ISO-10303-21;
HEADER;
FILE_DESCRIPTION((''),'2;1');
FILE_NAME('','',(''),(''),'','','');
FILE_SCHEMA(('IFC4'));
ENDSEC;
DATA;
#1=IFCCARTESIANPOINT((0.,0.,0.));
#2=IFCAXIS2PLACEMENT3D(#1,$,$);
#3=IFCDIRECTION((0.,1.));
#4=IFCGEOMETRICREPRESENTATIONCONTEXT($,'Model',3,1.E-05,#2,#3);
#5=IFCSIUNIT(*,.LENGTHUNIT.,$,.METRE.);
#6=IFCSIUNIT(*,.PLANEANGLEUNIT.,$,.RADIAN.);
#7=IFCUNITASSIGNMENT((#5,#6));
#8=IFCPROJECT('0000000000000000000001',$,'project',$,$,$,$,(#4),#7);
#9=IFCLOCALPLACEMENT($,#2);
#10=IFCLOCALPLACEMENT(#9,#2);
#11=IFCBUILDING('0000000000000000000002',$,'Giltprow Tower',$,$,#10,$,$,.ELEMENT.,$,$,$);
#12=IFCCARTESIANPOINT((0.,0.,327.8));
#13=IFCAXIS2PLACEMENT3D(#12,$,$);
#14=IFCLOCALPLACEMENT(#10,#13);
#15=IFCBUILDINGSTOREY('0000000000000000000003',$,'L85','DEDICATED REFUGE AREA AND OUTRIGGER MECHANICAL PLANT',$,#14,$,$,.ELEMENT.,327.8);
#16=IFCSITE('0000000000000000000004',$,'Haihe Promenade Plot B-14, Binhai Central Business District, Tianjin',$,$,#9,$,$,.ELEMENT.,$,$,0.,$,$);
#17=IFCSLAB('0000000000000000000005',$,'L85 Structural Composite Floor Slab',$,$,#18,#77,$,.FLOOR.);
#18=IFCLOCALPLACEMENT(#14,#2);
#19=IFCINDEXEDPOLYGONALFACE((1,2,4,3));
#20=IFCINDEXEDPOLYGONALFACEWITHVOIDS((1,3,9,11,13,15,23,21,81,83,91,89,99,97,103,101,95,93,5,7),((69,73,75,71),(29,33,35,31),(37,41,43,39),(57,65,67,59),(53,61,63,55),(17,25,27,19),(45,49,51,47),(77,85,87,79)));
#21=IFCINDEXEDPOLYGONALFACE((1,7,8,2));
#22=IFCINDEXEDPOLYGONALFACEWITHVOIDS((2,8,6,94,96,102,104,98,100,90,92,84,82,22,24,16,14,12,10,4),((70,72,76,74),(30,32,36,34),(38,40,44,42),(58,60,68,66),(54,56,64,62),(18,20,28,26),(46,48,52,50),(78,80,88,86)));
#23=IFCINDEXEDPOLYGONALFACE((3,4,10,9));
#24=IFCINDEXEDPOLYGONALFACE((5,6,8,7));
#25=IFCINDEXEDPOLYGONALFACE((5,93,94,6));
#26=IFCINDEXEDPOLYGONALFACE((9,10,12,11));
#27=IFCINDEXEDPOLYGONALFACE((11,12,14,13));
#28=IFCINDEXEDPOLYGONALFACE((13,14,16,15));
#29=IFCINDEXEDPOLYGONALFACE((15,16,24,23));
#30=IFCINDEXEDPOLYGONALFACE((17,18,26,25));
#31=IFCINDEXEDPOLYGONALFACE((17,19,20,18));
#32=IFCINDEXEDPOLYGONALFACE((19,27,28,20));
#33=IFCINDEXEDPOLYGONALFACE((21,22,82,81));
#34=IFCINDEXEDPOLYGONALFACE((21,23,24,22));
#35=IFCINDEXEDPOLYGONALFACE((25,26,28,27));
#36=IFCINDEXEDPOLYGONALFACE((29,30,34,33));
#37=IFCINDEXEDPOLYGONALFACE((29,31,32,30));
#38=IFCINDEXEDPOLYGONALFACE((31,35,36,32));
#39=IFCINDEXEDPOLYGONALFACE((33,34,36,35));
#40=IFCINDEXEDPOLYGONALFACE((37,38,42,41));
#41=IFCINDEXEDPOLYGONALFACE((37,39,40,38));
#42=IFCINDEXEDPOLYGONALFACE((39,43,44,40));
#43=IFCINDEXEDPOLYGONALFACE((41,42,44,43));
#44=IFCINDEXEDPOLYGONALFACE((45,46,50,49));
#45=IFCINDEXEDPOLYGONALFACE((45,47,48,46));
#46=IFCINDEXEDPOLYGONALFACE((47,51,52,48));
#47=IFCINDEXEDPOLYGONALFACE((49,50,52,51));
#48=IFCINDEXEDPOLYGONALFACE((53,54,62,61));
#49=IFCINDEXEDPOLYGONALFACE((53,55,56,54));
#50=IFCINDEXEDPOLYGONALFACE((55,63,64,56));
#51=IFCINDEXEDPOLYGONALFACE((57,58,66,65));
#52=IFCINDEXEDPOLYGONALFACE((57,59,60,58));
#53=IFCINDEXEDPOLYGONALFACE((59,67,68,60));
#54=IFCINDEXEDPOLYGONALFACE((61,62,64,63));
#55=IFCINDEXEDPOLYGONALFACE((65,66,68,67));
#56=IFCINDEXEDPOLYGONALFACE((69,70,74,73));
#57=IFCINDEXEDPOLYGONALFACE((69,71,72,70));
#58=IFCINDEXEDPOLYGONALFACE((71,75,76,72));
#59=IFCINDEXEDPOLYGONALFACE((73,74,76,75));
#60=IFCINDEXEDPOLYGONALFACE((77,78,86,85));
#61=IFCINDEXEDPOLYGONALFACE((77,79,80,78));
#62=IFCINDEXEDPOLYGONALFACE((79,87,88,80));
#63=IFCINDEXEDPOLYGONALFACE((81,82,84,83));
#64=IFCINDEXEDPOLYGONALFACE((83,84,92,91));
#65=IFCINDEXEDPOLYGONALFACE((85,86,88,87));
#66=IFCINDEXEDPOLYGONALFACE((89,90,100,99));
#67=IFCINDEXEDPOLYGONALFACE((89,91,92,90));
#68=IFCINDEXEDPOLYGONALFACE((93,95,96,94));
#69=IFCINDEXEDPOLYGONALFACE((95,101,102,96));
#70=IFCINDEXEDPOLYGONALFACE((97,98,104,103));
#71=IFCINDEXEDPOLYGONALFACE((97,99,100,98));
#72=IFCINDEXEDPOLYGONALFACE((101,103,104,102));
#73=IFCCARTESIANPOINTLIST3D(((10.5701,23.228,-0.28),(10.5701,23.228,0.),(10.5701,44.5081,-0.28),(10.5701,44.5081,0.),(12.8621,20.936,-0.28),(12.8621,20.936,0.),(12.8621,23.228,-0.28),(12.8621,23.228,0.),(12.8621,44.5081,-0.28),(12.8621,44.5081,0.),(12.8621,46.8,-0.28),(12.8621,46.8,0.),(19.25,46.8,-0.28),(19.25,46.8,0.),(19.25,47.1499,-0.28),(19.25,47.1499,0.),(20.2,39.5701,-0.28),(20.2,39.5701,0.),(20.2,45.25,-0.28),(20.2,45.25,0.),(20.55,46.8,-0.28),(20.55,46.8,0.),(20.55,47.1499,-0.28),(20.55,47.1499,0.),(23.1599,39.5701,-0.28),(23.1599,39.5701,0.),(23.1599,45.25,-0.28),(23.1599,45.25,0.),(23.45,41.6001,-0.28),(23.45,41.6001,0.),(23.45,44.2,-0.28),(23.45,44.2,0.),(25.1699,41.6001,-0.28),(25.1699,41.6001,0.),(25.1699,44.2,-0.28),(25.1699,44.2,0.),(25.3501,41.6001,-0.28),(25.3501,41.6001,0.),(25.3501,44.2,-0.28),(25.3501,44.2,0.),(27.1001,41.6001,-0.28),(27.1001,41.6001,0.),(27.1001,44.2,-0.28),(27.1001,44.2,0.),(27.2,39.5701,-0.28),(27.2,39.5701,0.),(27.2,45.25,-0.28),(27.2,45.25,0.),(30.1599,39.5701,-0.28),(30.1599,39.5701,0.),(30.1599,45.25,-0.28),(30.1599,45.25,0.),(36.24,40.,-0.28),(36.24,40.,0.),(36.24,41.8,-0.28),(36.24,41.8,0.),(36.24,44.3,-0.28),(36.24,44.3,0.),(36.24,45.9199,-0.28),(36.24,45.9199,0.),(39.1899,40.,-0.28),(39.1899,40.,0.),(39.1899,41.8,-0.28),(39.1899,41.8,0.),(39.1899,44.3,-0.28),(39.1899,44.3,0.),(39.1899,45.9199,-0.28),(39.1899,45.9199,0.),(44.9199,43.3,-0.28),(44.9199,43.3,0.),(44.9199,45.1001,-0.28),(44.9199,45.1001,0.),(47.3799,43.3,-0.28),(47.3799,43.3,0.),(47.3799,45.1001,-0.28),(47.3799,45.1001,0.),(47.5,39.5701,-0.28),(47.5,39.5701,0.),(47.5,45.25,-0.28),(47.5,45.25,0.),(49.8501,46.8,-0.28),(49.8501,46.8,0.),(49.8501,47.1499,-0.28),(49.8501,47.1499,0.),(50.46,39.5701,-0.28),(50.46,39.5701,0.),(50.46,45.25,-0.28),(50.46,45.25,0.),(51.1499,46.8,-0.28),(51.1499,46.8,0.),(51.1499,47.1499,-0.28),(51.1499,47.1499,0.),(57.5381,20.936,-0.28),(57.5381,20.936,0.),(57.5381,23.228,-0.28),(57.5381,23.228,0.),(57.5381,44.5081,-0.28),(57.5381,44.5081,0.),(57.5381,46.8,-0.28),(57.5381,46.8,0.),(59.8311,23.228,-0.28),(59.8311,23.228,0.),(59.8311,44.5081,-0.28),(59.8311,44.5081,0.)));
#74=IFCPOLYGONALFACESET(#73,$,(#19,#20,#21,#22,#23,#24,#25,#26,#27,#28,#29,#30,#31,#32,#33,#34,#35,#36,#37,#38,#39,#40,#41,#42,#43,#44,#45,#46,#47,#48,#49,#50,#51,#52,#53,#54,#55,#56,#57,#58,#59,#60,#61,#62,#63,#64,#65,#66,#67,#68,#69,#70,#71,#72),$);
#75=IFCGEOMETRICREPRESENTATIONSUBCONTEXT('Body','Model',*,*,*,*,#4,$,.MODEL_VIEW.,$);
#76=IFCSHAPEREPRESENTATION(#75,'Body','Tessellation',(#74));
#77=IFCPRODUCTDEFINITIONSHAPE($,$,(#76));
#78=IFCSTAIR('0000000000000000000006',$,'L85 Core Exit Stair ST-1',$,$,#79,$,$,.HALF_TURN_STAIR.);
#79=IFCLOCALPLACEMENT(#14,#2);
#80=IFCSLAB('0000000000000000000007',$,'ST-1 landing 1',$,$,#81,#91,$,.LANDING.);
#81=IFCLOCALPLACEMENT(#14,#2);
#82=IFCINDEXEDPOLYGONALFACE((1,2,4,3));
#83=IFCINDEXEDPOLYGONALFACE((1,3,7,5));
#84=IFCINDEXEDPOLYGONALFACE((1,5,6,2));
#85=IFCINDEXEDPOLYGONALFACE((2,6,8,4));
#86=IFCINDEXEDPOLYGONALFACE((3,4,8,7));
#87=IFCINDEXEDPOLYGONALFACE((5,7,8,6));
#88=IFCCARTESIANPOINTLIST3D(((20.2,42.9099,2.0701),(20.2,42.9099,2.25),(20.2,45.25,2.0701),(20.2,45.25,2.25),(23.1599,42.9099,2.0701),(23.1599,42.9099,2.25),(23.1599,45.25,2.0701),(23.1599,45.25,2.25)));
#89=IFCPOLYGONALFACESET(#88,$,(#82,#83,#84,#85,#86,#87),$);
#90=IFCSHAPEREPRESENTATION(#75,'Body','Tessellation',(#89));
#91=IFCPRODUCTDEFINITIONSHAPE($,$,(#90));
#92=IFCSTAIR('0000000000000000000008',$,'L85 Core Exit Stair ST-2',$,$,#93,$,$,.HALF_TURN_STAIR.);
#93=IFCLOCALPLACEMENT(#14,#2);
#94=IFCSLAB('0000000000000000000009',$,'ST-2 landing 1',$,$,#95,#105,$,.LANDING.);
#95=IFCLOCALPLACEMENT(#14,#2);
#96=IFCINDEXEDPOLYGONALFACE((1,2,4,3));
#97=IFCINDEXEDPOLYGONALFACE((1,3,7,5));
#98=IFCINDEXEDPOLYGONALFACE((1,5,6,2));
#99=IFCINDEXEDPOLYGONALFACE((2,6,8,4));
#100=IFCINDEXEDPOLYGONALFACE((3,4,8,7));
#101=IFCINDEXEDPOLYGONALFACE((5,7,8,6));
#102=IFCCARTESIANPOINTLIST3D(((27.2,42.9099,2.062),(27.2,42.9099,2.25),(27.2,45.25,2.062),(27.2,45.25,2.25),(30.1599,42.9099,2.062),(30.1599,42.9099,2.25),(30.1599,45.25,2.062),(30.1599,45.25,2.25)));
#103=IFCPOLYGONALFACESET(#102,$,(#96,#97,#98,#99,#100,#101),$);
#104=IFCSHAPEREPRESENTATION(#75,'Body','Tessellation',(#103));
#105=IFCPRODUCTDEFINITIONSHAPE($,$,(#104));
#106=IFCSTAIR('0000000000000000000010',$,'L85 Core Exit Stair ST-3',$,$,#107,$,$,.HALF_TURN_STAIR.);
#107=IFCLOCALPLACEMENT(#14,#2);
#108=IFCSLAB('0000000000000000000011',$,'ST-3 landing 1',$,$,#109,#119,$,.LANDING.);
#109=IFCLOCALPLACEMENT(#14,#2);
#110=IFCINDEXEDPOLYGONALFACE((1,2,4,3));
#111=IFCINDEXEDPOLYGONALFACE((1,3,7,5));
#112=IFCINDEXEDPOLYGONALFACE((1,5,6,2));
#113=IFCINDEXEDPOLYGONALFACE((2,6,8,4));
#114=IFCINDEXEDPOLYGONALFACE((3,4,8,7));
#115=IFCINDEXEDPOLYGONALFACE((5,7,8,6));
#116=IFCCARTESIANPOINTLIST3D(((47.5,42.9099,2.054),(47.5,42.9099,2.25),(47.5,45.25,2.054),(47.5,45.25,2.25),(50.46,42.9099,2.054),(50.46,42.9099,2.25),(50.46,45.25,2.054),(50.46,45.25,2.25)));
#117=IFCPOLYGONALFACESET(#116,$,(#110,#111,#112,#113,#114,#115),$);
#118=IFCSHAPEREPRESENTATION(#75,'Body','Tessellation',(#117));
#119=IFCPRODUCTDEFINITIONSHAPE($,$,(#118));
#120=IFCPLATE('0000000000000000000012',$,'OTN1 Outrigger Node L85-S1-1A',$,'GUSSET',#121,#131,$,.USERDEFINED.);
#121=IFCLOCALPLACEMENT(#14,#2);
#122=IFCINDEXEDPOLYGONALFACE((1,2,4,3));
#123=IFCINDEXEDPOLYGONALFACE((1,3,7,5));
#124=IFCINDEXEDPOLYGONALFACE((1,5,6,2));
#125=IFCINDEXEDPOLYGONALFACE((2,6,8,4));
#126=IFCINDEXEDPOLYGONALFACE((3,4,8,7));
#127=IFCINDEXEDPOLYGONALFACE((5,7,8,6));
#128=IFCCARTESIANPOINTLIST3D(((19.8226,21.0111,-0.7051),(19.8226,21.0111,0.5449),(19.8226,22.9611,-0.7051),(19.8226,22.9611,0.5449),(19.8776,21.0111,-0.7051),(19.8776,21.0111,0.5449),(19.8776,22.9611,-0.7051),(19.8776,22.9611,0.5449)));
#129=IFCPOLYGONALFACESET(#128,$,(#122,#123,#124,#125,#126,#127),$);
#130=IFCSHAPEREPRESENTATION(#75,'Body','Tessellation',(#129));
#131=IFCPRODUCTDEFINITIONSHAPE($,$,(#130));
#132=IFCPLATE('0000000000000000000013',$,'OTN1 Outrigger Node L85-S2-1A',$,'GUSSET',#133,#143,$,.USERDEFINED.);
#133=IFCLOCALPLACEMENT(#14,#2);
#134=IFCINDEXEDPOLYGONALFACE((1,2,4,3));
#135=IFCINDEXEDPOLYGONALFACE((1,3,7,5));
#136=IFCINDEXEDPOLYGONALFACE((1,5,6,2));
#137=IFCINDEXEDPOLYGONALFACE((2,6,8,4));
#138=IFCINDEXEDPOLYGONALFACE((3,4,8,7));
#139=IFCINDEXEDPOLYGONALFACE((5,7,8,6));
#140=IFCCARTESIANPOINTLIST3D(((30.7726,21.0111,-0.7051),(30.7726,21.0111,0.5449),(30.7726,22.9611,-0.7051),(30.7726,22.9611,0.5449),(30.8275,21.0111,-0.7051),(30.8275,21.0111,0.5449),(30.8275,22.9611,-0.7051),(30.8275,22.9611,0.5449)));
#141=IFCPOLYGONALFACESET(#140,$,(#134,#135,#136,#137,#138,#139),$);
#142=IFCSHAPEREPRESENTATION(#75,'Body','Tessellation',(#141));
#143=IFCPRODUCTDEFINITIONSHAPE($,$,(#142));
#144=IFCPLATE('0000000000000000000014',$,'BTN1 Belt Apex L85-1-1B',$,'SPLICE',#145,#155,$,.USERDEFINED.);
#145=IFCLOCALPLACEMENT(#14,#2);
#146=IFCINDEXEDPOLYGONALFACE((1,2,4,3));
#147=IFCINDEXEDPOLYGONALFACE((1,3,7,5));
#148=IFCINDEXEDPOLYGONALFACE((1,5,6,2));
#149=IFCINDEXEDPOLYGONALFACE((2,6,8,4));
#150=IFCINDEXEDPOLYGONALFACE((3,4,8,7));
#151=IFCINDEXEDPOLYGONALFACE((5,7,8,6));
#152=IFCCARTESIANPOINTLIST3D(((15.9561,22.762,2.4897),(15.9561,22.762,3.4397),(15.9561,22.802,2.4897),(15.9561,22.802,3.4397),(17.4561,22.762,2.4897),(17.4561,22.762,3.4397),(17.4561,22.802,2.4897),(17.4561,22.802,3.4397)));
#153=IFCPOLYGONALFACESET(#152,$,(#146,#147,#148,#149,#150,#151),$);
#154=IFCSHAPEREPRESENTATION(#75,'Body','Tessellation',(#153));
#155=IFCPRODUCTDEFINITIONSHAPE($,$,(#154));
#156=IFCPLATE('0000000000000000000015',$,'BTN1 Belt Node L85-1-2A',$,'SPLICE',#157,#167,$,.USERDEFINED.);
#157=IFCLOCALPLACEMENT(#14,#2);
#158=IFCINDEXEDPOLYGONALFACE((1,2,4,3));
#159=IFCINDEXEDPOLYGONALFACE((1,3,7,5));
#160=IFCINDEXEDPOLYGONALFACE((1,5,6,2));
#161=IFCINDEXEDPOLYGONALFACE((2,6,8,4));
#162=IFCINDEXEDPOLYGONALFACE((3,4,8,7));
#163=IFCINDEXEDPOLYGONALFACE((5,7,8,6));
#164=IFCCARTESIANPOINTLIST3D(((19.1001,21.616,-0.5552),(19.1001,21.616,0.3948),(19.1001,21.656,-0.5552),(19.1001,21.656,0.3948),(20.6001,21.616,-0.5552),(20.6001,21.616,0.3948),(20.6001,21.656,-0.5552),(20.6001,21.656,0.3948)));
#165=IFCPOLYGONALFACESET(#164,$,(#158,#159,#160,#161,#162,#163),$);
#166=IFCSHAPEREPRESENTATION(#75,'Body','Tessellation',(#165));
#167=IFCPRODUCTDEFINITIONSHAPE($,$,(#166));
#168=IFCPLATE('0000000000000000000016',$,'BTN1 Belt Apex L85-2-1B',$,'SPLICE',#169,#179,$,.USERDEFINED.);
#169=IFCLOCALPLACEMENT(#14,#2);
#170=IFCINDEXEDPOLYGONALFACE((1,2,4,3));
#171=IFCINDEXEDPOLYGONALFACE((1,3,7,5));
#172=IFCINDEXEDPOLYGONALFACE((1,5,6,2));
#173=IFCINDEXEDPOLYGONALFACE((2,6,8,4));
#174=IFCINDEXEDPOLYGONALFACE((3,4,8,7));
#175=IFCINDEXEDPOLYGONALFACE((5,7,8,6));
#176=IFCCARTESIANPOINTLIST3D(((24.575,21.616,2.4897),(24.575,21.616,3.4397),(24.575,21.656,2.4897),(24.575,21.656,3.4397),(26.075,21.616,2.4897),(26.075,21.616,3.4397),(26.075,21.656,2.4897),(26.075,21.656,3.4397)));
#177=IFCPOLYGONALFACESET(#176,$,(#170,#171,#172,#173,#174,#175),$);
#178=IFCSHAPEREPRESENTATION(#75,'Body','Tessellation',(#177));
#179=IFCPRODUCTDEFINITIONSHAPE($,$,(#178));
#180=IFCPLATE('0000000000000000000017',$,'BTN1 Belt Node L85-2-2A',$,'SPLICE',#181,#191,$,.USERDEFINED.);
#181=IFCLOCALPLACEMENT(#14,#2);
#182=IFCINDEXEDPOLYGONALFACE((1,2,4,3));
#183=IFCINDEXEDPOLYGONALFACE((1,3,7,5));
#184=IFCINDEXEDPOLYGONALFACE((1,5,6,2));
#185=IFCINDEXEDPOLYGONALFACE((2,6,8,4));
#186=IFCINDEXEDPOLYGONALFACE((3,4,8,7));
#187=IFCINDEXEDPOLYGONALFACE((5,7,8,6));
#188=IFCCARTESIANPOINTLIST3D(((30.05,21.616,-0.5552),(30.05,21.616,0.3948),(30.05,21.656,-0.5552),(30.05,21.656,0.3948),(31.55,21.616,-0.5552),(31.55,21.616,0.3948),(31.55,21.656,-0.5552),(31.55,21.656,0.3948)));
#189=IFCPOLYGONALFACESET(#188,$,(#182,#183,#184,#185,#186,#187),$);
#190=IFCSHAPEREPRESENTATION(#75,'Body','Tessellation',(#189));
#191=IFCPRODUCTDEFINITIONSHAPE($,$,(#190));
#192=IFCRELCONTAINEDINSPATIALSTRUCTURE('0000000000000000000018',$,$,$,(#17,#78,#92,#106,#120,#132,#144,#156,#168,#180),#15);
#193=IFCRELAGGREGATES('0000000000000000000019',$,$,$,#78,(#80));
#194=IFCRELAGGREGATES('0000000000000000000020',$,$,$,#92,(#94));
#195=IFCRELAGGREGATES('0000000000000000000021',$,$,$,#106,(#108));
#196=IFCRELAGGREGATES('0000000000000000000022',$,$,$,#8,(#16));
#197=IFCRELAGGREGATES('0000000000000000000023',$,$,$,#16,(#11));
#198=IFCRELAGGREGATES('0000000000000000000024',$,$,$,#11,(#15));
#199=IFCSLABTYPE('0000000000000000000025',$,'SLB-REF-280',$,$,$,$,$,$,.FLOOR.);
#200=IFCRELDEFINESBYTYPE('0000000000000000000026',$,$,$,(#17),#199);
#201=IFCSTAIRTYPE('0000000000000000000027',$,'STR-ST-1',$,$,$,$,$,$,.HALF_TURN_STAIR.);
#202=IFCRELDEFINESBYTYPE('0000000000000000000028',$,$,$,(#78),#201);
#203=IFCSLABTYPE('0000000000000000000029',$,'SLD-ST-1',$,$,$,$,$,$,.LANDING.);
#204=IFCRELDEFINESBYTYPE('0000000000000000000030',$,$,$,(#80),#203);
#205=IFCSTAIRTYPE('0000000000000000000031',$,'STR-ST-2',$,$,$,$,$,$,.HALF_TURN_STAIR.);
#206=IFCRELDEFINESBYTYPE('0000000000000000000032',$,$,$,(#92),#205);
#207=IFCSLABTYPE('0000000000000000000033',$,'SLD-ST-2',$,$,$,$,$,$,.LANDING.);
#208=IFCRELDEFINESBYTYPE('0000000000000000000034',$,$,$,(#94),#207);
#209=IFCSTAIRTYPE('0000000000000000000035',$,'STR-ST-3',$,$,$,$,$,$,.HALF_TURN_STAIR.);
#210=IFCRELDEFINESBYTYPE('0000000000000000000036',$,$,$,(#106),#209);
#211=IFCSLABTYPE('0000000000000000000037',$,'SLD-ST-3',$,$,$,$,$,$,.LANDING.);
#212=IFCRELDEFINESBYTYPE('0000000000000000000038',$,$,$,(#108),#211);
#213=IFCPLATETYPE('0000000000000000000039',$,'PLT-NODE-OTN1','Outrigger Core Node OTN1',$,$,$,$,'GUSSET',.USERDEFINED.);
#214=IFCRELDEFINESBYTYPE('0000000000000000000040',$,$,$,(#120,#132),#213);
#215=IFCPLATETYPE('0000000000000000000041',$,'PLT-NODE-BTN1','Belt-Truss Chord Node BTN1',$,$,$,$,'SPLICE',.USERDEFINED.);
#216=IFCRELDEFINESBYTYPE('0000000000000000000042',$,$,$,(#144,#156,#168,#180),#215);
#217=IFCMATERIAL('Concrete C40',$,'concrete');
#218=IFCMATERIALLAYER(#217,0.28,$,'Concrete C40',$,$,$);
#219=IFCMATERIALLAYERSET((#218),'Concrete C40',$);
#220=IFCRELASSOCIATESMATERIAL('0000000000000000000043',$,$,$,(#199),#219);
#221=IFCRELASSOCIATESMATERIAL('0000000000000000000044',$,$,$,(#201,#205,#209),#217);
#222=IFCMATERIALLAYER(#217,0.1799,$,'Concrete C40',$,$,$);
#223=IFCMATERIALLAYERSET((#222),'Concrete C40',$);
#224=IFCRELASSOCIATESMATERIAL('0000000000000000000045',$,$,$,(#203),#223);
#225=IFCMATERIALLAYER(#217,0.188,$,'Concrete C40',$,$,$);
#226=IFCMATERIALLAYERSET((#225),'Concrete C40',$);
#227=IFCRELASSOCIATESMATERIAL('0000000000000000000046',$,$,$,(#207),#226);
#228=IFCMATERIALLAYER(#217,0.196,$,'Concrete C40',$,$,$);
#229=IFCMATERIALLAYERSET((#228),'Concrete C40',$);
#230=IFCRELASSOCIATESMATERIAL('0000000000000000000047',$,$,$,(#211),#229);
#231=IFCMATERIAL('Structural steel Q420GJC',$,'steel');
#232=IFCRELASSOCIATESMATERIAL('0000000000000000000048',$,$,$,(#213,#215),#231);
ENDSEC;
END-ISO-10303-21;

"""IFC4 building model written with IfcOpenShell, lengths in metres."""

from ifc_helpers import new_model, si_unit, direction, frame, origin, origin_2d, place, context, subcontext, project, spatial, polyline, rectangle, outline, extrude, source, transform, mapped, material, layer, layer_set, type_object, element, aggregate, save


model = new_model("IFC4")

# Units and contexts
model_context = context("Model", 3, precision=1e-05, world=origin(), true_north=direction((0.0, 1.0)))
body_context = subcontext(model_context, "Body", "Model", "MODEL_VIEW")
ifc_project = project(units=[si_unit("LENGTHUNIT", "METRE"), si_unit("PLANEANGLEUNIT", "RADIAN")], contexts=[model_context])

# Site, building, storey
site_placement = place(None, origin())
site = spatial("IfcSite", under=ifc_project, at=site_placement, Name="Haihe Promenade Plot B-14, Binhai Central Business District, Tianjin", CompositionType="ELEMENT", RefElevation=0.0)
building_placement = place(site_placement, origin())
building = spatial("IfcBuilding", under=site, at=building_placement, Name="Giltprow Tower", CompositionType="ELEMENT")
storey_placement = place(building_placement, frame((0.0, 0.0, 327.8)))
storey = spatial("IfcBuildingStorey", under=building, at=storey_placement, Name="L85", Description="DEDICATED REFUGE AREA AND OUTRIGGER MECHANICAL PLANT", CompositionType="ELEMENT", Elevation=327.8)

# Shared definitions
ifc_material_1 = material(Name="Structural steel Q420GJC", Category="steel")

# Slab
ifc_material_2 = material(Name="Concrete C40", Category="concrete")
ifc_layer_1 = layer(ifc_material_2, 0.28, Name="Concrete C40")
ifc_layer_set_1 = layer_set([ifc_layer_1], Name="Concrete C40")
slab_type_1 = type_object("IfcSlabType", Name="SLB-REF-280", PredefinedType="FLOOR", material=ifc_layer_set_1)
slab_1_placement = place(storey_placement, frame((0.0, 0.0, -0.28)))
element("IfcSlab", 1, at=slab_1_placement, inside=storey, type_object=slab_type_1, Name="L85 Structural Composite Floor Slab", PredefinedType="FLOOR", context=body_context, shape_type="SweptSolid", body=[
    extrude(outline(polyline([(59.8311, 44.5081), (59.8311, 23.228), (57.5381, 23.228), (57.5381, 20.936), (12.8621, 20.936), (12.8621, 23.228), (10.5701, 23.228), (10.5701, 44.5081), (12.8621, 44.5081), (12.8621, 46.8), (19.25, 46.8), (19.25, 47.1499), (20.55, 47.1499), (20.55, 46.8), (49.8501, 46.8), (49.8501, 47.1499), (51.1499, 47.1499), (51.1499, 46.8), (57.5381, 46.8), (57.5381, 44.5081), (59.8311, 44.5081)]), holes=[polyline([(39.1899, 41.8), (36.24, 41.8), (36.24, 40.0), (39.1899, 40.0), (39.1899, 41.8)]), polyline([(23.1599, 45.25), (20.2, 45.25), (20.2, 39.5701), (23.1599, 39.5701), (23.1599, 45.25)]), polyline([(30.1599, 45.25), (27.2, 45.25), (27.2, 39.5701), (30.1599, 39.5701), (30.1599, 45.25)]), polyline([(50.46, 45.25), (47.5, 45.25), (47.5, 39.5701), (50.46, 39.5701), (50.46, 45.25)]), polyline([(25.1699, 44.2), (23.45, 44.2), (23.45, 41.6001), (25.1699, 41.6001), (25.1699, 44.2)]), polyline([(27.1001, 44.2), (25.3501, 44.2), (25.3501, 41.6001), (27.1001, 41.6001), (27.1001, 44.2)]), polyline([(47.3799, 45.1001), (44.9199, 45.1001), (44.9199, 43.3), (47.3799, 43.3), (47.3799, 45.1001)]), polyline([(39.1899, 45.9199), (36.24, 45.9199), (36.24, 44.3), (39.1899, 44.3), (39.1899, 45.9199)])]), origin(), (0.0, 0.0, 1.0), 0.28),
])

# Stairs, slabs
stair_type_1 = type_object("IfcStairType", Name="STR-ST-1", PredefinedType="HALF_TURN_STAIR", material=ifc_material_2)
stair_1_placement = place(storey_placement, origin())
stair_1 = element("IfcStair", 2, at=stair_1_placement, inside=storey, type_object=stair_type_1, Name="L85 Core Exit Stair ST-1", PredefinedType="HALF_TURN_STAIR")
ifc_layer_2 = layer(ifc_material_2, 0.1799, Name="Concrete C40")
ifc_layer_set_2 = layer_set([ifc_layer_2], Name="Concrete C40")
slab_type_2 = type_object("IfcSlabType", Name="SLD-ST-1", PredefinedType="LANDING", material=ifc_layer_set_2)
slab_2_placement = place(storey_placement, frame((0.0, 0.0, 2.0701)))
slab_2 = element("IfcSlab", 3, at=slab_2_placement, type_object=slab_type_2, Name="ST-1 landing 1", PredefinedType="LANDING", context=body_context, shape_type="SweptSolid", body=[
    extrude(outline(polyline([(23.1599, 42.9099), (23.1599, 45.25), (20.2, 45.25), (20.2, 42.9099), (23.1599, 42.9099)])), origin(), (0.0, 0.0, 1.0), 0.1799),
])
aggregate(stair_1, [slab_2])
stair_type_2 = type_object("IfcStairType", Name="STR-ST-2", PredefinedType="HALF_TURN_STAIR", material=ifc_material_2)
stair_2_placement = place(storey_placement, origin())
stair_2 = element("IfcStair", 4, at=stair_2_placement, inside=storey, type_object=stair_type_2, Name="L85 Core Exit Stair ST-2", PredefinedType="HALF_TURN_STAIR")
ifc_layer_3 = layer(ifc_material_2, 0.188, Name="Concrete C40")
ifc_layer_set_3 = layer_set([ifc_layer_3], Name="Concrete C40")
slab_type_3 = type_object("IfcSlabType", Name="SLD-ST-2", PredefinedType="LANDING", material=ifc_layer_set_3)
slab_3_placement = place(storey_placement, frame((0.0, 0.0, 2.062)))
slab_3 = element("IfcSlab", 5, at=slab_3_placement, type_object=slab_type_3, Name="ST-2 landing 1", PredefinedType="LANDING", context=body_context, shape_type="SweptSolid", body=[
    extrude(outline(polyline([(30.1599, 42.9099), (30.1599, 45.25), (27.2, 45.25), (27.2, 42.9099), (30.1599, 42.9099)])), origin(), (0.0, 0.0, 1.0), 0.188),
])
aggregate(stair_2, [slab_3])
stair_type_3 = type_object("IfcStairType", Name="STR-ST-3", PredefinedType="HALF_TURN_STAIR", material=ifc_material_2)
stair_3_placement = place(storey_placement, origin())
stair_3 = element("IfcStair", 6, at=stair_3_placement, inside=storey, type_object=stair_type_3, Name="L85 Core Exit Stair ST-3", PredefinedType="HALF_TURN_STAIR")
ifc_layer_4 = layer(ifc_material_2, 0.196, Name="Concrete C40")
ifc_layer_set_4 = layer_set([ifc_layer_4], Name="Concrete C40")
slab_type_4 = type_object("IfcSlabType", Name="SLD-ST-3", PredefinedType="LANDING", material=ifc_layer_set_4)
slab_4_placement = place(storey_placement, frame((0.0, 0.0, 2.054)))
slab_4 = element("IfcSlab", 7, at=slab_4_placement, type_object=slab_type_4, Name="ST-3 landing 1", PredefinedType="LANDING", context=body_context, shape_type="SweptSolid", body=[
    extrude(outline(polyline([(50.46, 42.9099), (50.46, 45.25), (47.5, 45.25), (47.5, 42.9099), (50.46, 42.9099)])), origin(), (0.0, 0.0, 1.0), 0.196),
])
aggregate(stair_3, [slab_4])

# Plates
plate_type_1 = type_object("IfcPlateType", Name="PLT-NODE-OTN1", Description="Outrigger Core Node OTN1", ElementType="GUSSET", PredefinedType="USERDEFINED", material=ifc_material_1)
shared_shape_1 = source(origin(), body_context, "Body", "SweptSolid", [
    extrude(rectangle(XDim=1.95, YDim=0.0549, at=origin_2d()), origin(), (0.0, 0.0, 1.0), 1.25),
])
for number, where, z_axis, x_axis, name in (
    (8, (19.8501, 21.9861, -0.7051), (0.0, 0.0, 1.0), (0.0, 1.0, 0.0), "OTN1 Outrigger Node L85-S1-1A"),
    (9, (30.8, 21.9861, -0.7051), (0.0, 0.0, 1.0), (0.0, 1.0, 0.0), "OTN1 Outrigger Node L85-S2-1A"),
):
    element("IfcPlate", number, at=place(storey_placement, frame(where, z_axis=z_axis, x_axis=x_axis)), inside=storey, type_object=plate_type_1, Name=name, ObjectType="GUSSET", PredefinedType="USERDEFINED", context=body_context, shape_type="MappedRepresentation", body=[
        mapped(shared_shape_1, transform((0.0, 0.0, 0.0), x_axis=(1.0, 0.0, 0.0), y_axis=(0.0, 1.0, 0.0), z_axis=(0.0, 0.0, 1.0), scale=1.0)),
    ])
plate_type_2 = type_object("IfcPlateType", Name="PLT-NODE-BTN1", Description="Belt-Truss Chord Node BTN1", ElementType="SPLICE", PredefinedType="USERDEFINED", material=ifc_material_1)
shared_shape_2 = source(origin(), body_context, "Body", "SweptSolid", [
    extrude(rectangle(XDim=1.5, YDim=0.04, at=origin_2d()), origin(), (0.0, 0.0, 1.0), 0.95),
])
for number, where, z_axis, x_axis, name in (
    (10, (16.7061, 22.782, 2.4897), (0.0, 0.0, 1.0), (1.0, 0.0, 0.0), "BTN1 Belt Apex L85-1-1B"),
    (11, (19.8501, 21.636, -0.5552), (0.0, 0.0, 1.0), (1.0, 0.0, 0.0), "BTN1 Belt Node L85-1-2A"),
    (12, (25.325, 21.636, 2.4897), (0.0, 0.0, 1.0), (1.0, 0.0, 0.0), "BTN1 Belt Apex L85-2-1B"),
    (13, (30.8, 21.636, -0.5552), (0.0, 0.0, 1.0), (1.0, 0.0, 0.0), "BTN1 Belt Node L85-2-2A"),
):
    element("IfcPlate", number, at=place(storey_placement, frame(where, z_axis=z_axis, x_axis=x_axis)), inside=storey, type_object=plate_type_2, Name=name, ObjectType="SPLICE", PredefinedType="USERDEFINED", context=body_context, shape_type="MappedRepresentation", body=[
        mapped(shared_shape_2, transform((0.0, 0.0, 0.0), x_axis=(1.0, 0.0, 0.0), y_axis=(0.0, 1.0, 0.0), z_axis=(0.0, 0.0, 1.0), scale=1.0)),
    ])

save(model, "model.ifc")
